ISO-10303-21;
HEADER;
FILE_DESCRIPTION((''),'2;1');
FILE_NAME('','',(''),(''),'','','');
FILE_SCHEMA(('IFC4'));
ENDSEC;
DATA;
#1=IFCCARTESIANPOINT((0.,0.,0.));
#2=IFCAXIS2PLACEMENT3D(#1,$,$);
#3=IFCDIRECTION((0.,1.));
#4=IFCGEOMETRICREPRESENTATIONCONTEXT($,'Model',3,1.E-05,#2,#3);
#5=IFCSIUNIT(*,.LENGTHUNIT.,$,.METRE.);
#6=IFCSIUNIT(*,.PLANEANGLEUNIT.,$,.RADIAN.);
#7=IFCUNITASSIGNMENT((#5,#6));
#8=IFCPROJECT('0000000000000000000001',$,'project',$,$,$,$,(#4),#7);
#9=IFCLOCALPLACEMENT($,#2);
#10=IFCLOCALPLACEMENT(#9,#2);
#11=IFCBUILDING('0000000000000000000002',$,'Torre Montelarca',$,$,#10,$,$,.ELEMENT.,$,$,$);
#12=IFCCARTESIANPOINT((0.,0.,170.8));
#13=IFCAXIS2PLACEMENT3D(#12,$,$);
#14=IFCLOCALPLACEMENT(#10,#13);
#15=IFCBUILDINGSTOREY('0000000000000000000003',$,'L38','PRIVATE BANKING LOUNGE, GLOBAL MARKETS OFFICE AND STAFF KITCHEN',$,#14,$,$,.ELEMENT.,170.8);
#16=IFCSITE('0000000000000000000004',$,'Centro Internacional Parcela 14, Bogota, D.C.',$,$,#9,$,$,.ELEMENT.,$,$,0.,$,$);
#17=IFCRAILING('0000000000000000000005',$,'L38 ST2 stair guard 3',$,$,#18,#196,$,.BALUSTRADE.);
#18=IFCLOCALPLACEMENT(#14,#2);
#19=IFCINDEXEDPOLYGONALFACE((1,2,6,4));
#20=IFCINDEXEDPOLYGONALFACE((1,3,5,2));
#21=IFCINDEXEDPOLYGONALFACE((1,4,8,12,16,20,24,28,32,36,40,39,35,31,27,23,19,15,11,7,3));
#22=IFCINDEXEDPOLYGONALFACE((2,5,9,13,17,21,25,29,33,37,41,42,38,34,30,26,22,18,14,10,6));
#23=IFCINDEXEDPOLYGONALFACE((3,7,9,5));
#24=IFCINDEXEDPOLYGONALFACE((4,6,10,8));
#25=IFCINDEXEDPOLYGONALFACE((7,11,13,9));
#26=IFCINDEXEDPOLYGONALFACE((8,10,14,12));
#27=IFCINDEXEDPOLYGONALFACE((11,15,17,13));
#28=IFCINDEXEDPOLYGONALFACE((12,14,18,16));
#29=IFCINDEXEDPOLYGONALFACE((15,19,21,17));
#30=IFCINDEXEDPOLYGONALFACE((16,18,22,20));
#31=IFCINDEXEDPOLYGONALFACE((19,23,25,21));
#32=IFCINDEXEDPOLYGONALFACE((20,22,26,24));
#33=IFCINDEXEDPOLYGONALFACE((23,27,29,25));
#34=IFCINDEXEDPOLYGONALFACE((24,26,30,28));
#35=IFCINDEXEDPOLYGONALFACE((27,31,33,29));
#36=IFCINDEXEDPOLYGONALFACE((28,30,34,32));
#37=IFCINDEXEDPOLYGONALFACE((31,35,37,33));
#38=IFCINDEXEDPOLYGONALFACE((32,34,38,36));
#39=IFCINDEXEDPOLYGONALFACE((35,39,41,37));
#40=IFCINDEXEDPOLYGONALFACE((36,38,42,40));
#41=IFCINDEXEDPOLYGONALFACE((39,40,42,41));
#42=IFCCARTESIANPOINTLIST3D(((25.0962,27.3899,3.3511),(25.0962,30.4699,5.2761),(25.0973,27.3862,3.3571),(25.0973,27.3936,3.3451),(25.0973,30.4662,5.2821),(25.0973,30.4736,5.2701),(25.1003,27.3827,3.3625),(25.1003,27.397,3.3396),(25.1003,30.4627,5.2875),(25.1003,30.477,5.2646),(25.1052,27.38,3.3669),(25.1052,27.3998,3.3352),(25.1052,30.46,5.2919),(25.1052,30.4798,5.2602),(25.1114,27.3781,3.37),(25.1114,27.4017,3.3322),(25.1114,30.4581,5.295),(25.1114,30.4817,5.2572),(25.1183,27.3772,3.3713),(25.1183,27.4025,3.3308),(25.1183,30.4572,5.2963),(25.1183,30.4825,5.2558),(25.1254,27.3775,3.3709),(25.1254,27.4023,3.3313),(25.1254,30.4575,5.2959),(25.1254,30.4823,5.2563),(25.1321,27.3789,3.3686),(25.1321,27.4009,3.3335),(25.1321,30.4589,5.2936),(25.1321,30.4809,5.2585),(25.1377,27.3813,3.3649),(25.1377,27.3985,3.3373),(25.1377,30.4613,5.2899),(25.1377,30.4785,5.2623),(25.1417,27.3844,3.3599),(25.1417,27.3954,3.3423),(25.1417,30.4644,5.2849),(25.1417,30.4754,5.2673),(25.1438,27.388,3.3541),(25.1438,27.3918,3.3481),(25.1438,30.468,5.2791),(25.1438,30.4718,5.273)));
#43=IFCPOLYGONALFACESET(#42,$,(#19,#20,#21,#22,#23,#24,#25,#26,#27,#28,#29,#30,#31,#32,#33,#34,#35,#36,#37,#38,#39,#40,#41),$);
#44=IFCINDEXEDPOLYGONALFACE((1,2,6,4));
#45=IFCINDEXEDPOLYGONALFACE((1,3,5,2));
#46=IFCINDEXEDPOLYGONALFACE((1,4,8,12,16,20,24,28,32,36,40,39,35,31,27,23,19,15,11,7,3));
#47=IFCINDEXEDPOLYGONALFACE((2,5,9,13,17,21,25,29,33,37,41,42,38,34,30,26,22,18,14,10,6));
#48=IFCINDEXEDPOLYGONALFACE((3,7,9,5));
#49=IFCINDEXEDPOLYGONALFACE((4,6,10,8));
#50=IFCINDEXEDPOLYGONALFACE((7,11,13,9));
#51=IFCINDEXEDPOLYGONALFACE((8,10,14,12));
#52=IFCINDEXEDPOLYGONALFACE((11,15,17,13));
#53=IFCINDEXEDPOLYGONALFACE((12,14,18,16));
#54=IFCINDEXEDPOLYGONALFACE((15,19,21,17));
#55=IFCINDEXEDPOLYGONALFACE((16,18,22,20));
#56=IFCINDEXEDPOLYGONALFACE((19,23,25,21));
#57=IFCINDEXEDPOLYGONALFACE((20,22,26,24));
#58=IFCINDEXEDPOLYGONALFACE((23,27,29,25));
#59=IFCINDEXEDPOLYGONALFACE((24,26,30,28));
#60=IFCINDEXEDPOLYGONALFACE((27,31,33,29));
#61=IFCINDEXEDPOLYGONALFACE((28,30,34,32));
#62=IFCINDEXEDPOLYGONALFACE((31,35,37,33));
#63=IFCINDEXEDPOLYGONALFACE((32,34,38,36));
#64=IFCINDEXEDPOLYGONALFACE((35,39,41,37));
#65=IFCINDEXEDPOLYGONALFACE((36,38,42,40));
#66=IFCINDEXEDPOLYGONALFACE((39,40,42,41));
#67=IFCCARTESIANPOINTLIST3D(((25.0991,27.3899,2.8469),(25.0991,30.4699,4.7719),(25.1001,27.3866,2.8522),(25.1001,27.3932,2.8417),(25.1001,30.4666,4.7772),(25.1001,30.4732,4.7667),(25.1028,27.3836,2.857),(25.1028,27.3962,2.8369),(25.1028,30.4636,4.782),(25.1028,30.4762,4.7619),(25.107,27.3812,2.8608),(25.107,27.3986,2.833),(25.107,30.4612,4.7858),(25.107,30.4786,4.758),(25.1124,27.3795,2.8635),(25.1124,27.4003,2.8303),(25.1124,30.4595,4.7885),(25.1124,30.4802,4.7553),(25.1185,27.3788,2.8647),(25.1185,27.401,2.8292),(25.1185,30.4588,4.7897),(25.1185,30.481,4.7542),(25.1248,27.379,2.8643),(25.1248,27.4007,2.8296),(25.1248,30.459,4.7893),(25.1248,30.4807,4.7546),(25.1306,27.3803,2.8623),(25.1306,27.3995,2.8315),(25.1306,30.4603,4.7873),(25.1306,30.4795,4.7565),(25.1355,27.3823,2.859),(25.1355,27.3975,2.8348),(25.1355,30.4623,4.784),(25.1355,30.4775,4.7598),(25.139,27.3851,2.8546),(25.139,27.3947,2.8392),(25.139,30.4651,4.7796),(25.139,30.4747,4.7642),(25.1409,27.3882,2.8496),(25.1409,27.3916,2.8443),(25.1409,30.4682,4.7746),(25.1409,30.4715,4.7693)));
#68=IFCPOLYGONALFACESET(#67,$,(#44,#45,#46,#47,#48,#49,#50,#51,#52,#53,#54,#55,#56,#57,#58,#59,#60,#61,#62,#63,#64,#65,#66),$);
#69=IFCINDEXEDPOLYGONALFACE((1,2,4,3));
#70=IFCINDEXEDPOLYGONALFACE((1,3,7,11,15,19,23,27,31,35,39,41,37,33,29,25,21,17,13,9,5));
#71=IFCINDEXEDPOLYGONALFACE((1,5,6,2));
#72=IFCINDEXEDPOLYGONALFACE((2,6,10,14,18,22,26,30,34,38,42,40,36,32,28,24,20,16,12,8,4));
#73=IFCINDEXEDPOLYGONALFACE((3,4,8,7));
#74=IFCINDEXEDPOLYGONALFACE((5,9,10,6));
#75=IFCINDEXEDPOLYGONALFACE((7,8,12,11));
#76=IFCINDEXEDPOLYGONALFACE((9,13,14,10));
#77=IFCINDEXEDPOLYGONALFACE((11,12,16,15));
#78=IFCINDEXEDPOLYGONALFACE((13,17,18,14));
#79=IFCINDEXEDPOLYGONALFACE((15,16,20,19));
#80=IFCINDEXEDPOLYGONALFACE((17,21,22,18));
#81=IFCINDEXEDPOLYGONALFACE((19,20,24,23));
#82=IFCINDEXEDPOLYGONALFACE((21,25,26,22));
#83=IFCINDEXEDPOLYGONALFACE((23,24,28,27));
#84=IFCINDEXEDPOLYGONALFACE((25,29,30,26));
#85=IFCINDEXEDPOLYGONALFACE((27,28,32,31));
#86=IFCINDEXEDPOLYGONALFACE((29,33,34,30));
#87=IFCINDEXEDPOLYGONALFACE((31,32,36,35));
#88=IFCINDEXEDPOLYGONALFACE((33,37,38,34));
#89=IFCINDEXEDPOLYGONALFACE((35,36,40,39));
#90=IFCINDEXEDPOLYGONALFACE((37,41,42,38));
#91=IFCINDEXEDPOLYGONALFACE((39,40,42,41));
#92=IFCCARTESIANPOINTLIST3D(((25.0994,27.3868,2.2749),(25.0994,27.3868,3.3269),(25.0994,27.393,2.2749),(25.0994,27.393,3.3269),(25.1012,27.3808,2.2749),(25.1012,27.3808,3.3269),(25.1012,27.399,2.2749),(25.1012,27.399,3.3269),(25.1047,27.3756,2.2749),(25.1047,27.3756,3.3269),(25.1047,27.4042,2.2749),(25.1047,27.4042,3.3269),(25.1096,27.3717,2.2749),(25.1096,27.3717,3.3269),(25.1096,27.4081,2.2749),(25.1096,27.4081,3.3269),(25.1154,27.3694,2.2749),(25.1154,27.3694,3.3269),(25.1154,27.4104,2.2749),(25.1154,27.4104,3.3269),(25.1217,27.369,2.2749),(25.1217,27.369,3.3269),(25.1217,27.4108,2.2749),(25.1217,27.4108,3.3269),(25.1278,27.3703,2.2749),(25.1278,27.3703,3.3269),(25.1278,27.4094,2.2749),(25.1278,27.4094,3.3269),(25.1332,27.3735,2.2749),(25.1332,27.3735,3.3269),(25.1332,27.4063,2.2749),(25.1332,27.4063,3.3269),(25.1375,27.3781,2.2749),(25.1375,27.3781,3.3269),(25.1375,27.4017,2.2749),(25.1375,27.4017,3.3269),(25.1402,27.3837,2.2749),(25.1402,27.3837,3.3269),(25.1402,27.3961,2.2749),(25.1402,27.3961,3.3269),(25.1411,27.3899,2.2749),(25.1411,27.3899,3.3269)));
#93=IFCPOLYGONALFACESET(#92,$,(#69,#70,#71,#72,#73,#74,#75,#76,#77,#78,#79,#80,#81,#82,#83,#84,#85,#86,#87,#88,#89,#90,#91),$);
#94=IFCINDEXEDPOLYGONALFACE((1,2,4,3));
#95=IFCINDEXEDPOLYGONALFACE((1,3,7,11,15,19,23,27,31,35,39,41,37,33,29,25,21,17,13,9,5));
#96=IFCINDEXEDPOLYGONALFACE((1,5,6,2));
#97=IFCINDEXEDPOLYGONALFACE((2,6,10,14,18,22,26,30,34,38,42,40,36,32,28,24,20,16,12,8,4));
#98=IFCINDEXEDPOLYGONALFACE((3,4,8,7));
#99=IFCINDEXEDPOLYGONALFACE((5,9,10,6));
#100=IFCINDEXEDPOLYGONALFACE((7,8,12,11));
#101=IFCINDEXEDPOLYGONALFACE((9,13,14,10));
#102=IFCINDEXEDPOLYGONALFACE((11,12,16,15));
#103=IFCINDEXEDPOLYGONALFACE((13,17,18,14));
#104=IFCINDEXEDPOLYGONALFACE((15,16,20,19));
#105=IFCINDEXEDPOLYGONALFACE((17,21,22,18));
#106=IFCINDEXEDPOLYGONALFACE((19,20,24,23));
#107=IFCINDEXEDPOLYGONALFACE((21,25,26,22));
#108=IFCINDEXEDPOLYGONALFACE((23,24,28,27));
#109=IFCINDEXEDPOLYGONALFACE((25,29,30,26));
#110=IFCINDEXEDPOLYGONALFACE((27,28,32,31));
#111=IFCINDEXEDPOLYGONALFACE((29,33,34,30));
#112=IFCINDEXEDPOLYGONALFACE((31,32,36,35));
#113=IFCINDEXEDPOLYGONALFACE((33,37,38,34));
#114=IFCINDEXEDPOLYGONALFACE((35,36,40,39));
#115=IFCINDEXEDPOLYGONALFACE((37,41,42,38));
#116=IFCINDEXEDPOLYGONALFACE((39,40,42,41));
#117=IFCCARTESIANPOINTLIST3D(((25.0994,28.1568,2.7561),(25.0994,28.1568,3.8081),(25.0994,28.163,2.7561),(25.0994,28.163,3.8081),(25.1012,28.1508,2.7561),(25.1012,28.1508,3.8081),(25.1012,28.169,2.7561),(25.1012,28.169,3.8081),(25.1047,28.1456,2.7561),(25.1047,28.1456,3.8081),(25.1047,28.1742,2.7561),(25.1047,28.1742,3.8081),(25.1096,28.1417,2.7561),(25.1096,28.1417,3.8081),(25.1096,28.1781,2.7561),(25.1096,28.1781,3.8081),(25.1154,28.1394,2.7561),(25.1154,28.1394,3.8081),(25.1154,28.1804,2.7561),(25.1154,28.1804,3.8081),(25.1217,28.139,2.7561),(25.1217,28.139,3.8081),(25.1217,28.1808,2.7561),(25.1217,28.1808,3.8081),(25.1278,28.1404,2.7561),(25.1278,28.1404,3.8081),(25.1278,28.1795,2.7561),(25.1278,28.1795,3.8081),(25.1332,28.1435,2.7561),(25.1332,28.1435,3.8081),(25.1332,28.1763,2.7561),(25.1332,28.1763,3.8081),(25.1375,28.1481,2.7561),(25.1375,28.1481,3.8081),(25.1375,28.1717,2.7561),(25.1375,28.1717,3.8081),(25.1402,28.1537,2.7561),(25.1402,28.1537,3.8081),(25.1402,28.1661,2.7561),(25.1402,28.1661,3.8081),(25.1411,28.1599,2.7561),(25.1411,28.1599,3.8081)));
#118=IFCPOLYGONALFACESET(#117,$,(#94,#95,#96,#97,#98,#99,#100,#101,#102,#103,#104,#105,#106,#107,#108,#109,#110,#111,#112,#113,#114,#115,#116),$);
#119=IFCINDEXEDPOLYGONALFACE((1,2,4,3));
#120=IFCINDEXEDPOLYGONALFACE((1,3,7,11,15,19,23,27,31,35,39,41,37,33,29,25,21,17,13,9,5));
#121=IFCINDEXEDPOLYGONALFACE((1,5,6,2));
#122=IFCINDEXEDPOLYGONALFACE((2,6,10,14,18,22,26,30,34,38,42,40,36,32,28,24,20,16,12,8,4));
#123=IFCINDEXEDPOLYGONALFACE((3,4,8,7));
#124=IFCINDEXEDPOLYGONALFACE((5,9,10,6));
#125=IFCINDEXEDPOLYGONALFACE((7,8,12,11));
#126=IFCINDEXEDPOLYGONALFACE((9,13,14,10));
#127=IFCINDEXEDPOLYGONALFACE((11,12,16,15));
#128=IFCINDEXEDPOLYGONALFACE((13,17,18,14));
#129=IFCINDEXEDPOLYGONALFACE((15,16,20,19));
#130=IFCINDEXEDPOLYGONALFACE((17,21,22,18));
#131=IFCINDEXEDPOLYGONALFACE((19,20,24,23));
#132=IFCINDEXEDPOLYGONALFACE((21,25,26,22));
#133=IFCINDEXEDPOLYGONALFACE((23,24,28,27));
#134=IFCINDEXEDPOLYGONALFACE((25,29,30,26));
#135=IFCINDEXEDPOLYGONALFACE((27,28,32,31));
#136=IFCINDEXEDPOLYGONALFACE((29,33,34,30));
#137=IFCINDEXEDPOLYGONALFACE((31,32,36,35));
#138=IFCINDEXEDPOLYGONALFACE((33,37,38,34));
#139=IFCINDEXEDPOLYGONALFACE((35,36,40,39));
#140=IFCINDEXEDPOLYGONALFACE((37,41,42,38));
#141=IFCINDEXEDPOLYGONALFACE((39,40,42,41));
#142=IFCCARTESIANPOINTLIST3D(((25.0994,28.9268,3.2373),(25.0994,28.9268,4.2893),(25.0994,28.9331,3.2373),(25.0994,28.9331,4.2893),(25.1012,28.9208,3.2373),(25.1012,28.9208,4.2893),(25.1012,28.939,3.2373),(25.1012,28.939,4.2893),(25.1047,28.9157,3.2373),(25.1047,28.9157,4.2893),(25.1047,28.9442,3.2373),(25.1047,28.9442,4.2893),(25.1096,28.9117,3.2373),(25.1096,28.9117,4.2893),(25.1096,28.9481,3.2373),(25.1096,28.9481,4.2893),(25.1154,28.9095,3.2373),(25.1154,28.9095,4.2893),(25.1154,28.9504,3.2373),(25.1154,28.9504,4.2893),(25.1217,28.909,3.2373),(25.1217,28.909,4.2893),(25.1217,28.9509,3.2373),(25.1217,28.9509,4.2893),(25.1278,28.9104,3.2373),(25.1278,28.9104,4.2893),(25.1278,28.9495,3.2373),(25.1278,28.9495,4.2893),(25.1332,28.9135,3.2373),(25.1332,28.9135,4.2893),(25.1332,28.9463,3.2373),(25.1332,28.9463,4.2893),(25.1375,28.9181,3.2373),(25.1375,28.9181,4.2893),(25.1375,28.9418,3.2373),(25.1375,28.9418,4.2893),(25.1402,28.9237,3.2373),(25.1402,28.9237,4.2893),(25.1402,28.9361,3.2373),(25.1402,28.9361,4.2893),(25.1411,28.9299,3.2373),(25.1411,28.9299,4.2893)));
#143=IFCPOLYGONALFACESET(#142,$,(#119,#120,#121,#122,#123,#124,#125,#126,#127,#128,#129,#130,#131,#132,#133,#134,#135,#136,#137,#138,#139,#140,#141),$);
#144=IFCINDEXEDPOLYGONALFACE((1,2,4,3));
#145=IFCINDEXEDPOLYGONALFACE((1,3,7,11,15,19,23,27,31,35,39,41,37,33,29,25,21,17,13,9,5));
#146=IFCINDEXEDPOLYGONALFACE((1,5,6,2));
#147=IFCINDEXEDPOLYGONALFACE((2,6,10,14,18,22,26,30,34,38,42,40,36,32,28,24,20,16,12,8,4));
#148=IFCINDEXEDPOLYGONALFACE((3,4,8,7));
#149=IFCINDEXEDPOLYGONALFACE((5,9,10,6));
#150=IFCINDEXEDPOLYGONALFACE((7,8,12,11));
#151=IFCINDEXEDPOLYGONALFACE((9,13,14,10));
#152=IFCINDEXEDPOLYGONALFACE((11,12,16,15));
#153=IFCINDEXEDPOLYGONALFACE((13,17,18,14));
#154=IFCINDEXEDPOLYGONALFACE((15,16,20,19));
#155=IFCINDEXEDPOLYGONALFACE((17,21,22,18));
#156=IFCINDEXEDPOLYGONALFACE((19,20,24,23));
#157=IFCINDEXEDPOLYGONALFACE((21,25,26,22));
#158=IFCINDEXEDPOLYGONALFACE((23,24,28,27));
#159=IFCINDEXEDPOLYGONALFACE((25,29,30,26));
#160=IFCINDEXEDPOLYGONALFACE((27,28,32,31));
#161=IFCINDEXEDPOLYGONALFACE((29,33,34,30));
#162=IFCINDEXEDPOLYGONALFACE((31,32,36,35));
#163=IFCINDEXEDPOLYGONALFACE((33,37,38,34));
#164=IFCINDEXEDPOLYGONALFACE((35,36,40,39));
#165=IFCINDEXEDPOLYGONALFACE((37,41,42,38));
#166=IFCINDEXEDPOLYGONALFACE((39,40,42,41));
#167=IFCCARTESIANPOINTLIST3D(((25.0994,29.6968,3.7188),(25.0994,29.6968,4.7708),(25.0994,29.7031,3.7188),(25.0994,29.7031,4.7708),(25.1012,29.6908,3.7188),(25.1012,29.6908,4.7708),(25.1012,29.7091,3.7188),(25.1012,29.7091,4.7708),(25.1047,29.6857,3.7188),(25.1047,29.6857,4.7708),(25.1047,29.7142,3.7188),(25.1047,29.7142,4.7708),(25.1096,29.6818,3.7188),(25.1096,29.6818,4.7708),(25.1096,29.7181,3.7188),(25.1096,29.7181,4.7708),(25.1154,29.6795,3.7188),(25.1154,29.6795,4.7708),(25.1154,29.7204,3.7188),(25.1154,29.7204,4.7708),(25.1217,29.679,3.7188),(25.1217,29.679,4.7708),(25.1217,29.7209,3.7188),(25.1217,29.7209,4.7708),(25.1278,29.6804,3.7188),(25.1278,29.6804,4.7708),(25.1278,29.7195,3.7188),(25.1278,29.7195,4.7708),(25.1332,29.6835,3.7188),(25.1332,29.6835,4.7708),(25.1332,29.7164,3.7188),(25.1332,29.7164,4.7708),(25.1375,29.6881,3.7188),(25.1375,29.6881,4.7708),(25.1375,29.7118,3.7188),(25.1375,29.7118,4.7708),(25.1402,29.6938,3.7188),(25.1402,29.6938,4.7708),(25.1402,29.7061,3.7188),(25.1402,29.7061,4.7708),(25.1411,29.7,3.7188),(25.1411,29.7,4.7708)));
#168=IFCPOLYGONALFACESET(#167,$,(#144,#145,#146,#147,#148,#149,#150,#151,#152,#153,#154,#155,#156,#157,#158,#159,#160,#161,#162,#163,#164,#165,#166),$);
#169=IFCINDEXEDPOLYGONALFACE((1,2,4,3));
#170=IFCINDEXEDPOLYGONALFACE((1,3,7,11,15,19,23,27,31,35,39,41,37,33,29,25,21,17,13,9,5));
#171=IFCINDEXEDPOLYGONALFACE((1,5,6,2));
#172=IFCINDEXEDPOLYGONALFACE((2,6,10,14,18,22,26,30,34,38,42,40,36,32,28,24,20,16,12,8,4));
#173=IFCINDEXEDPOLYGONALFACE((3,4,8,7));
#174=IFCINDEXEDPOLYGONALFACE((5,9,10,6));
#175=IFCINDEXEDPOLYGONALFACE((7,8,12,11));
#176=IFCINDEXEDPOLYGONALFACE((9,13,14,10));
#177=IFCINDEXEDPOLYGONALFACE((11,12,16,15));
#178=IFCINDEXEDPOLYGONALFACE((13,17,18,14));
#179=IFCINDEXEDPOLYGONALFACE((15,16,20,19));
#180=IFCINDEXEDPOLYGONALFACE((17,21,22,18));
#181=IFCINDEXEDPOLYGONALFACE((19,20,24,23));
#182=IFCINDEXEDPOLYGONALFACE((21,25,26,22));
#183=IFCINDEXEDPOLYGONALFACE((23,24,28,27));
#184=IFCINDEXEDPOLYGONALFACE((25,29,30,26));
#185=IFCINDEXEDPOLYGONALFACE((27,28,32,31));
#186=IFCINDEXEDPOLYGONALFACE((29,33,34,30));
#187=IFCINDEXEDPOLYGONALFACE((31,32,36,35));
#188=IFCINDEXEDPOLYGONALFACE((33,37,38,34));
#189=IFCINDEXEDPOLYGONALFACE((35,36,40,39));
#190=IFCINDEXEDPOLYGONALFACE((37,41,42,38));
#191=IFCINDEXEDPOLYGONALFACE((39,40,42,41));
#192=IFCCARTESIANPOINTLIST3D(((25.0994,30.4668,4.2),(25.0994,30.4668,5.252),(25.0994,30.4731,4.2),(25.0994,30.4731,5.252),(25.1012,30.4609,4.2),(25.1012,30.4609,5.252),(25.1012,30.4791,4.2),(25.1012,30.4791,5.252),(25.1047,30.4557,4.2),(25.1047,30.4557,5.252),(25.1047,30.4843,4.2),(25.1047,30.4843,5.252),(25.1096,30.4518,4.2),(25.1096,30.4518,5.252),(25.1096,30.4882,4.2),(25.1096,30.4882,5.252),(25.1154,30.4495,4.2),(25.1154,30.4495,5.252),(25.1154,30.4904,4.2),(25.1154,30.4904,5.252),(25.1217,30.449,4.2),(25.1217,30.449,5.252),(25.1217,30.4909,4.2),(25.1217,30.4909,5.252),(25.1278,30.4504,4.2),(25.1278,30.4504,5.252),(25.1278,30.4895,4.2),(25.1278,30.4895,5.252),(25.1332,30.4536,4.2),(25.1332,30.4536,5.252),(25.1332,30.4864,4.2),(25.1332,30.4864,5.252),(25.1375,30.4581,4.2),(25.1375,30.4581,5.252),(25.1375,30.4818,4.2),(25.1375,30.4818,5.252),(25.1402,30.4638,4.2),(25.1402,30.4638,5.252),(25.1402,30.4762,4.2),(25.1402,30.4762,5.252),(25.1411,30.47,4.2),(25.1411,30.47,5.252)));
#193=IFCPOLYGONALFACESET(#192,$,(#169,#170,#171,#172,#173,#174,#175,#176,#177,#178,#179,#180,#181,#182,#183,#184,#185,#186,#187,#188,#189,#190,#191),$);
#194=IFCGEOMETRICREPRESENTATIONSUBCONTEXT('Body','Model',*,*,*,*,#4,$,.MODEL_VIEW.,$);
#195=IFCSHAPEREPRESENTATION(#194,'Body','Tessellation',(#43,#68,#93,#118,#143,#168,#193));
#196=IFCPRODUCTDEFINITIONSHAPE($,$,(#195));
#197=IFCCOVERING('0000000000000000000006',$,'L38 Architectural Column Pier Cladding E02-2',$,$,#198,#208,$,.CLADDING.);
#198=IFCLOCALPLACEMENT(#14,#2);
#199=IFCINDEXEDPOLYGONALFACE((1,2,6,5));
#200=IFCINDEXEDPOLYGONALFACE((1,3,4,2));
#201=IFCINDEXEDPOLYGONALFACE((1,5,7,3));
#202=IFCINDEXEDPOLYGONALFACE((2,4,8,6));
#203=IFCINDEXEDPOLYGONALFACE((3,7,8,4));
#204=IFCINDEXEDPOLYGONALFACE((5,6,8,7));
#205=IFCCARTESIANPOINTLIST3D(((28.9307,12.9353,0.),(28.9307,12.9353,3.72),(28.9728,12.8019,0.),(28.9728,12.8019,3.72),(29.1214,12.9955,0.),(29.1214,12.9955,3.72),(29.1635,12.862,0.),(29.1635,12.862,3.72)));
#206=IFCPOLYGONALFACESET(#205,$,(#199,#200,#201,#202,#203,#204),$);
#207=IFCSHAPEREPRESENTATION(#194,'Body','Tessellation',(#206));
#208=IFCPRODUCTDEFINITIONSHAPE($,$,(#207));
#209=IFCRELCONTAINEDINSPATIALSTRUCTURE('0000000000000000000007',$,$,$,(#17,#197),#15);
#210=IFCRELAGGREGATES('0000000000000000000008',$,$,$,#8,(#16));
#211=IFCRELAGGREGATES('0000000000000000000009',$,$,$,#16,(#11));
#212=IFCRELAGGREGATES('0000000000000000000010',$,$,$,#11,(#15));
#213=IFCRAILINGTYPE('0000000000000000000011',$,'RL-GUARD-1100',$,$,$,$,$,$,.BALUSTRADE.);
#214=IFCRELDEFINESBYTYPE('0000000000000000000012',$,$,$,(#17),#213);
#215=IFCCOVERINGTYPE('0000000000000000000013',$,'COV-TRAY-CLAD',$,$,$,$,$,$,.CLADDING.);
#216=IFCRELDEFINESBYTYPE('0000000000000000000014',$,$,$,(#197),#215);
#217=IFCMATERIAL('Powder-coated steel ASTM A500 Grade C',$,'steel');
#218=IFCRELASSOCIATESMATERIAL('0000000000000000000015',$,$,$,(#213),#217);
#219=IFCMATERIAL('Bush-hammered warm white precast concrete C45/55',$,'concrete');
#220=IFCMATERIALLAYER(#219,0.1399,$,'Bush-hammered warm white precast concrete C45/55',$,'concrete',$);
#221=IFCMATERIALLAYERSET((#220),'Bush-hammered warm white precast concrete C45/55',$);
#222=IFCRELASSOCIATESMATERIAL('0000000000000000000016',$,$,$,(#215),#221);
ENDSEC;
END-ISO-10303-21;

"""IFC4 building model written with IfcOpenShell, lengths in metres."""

from ifc_helpers import new_model, si_unit, direction, frame, origin, origin_2d, place, context, subcontext, project, spatial, rectangle, circle, extrude, source, transform, mapped, material, layer, layer_set, type_object, element, save


model = new_model("IFC4")

# Units and contexts
model_context = context("Model", 3, precision=1e-05, world=origin(), true_north=direction((0.0, 1.0)))
body_context = subcontext(model_context, "Body", "Model", "MODEL_VIEW")
ifc_project = project(units=[si_unit("LENGTHUNIT", "METRE"), si_unit("PLANEANGLEUNIT", "RADIAN")], contexts=[model_context])

# Site, building, storey
site_placement = place(None, origin())
site = spatial("IfcSite", under=ifc_project, at=site_placement, Name="Centro Internacional Parcela 14, Bogota, D.C.", CompositionType="ELEMENT", RefElevation=0.0)
building_placement = place(site_placement, origin())
building = spatial("IfcBuilding", under=site, at=building_placement, Name="Torre Montelarca", CompositionType="ELEMENT")
storey_placement = place(building_placement, frame((0.0, 0.0, 170.8)))
storey = spatial("IfcBuildingStorey", under=building, at=storey_placement, Name="L38", Description="PRIVATE BANKING LOUNGE, GLOBAL MARKETS OFFICE AND STAFF KITCHEN", CompositionType="ELEMENT", Elevation=170.8)

# Railing
ifc_material_1 = material(Name="Powder-coated steel ASTM A500 Grade C", Category="steel")
railing_type = type_object("IfcRailingType", Name="RL-GUARD-1100", PredefinedType="BALUSTRADE", material=ifc_material_1)
railing_1_placement = place(storey_placement, frame((25.1201, 27.3899, 2.2749)))
element("IfcRailing", 1, at=railing_1_placement, inside=storey, type_object=railing_type, Name="L38 ST2 stair guard 3", PredefinedType="BALUSTRADE", context=body_context, shape_type="SweptSolid", body=[
    extrude(circle(Radius=0.0239, at=origin_2d()), frame((0.0, 0.0, 1.0762), z_axis=(0.0, 0.847998, 0.529999), x_axis=(-1.0, 0.0, 0.0)), (0.0, 0.0, 1.0), 3.6321),
    extrude(circle(Radius=0.021, at=origin_2d()), frame((0.0, 0.0, 0.572), z_axis=(0.0, 0.847998, 0.529999), x_axis=(-1.0, 0.0, 0.0)), (0.0, 0.0, 1.0), 3.6321),
    extrude(circle(Radius=0.021, at=origin_2d()), origin(), (0.0, 0.0, 1.0), 1.052),
    extrude(circle(Radius=0.021, at=origin_2d()), frame((0.0, 0.77, 0.4812)), (0.0, 0.0, 1.0), 1.052),
    extrude(circle(Radius=0.021, at=origin_2d()), frame((0.0, 1.54, 0.9624)), (0.0, 0.0, 1.0), 1.052),
    extrude(circle(Radius=0.021, at=origin_2d()), frame((0.0, 2.3101, 1.4438)), (0.0, 0.0, 1.0), 1.052),
    extrude(circle(Radius=0.021, at=origin_2d()), frame((0.0, 3.0801, 1.925)), (0.0, 0.0, 1.0), 1.052),
])

# Covering
ifc_material_2 = material(Name="Bush-hammered warm white precast concrete C45/55", Category="concrete")
ifc_layer_1 = layer(ifc_material_2, 0.1399, Name="Bush-hammered warm white precast concrete C45/55", Category="concrete")
ifc_layer_set_1 = layer_set([ifc_layer_1], Name="Bush-hammered warm white precast concrete C45/55")
covering_type = type_object("IfcCoveringType", Name="COV-TRAY-CLAD", PredefinedType="CLADDING", material=ifc_layer_set_1)
shared_shape_1 = source(origin(), body_context, "Body", "SweptSolid", [
    extrude(rectangle(XDim=0.2, YDim=0.1399, at=origin_2d()), origin(), (0.0, 0.0, 1.0), 3.72),
])
for number, where, z_axis, x_axis, name in (
    (2, (29.0471, 12.8987, 0.0), (0.0, 0.0, 1.0), (0.953716, 0.300709, 0.0), "L38 Architectural Column Pier Cladding E02-2"),
):
    element("IfcCovering", number, at=place(storey_placement, frame(where, z_axis=z_axis, x_axis=x_axis)), inside=storey, type_object=covering_type, Name=name, PredefinedType="CLADDING", context=body_context, shape_type="MappedRepresentation", body=[
        mapped(shared_shape_1, transform((0.0, 0.0, 0.0), scale=1.0)),
    ])

save(model, "model.ifc")
